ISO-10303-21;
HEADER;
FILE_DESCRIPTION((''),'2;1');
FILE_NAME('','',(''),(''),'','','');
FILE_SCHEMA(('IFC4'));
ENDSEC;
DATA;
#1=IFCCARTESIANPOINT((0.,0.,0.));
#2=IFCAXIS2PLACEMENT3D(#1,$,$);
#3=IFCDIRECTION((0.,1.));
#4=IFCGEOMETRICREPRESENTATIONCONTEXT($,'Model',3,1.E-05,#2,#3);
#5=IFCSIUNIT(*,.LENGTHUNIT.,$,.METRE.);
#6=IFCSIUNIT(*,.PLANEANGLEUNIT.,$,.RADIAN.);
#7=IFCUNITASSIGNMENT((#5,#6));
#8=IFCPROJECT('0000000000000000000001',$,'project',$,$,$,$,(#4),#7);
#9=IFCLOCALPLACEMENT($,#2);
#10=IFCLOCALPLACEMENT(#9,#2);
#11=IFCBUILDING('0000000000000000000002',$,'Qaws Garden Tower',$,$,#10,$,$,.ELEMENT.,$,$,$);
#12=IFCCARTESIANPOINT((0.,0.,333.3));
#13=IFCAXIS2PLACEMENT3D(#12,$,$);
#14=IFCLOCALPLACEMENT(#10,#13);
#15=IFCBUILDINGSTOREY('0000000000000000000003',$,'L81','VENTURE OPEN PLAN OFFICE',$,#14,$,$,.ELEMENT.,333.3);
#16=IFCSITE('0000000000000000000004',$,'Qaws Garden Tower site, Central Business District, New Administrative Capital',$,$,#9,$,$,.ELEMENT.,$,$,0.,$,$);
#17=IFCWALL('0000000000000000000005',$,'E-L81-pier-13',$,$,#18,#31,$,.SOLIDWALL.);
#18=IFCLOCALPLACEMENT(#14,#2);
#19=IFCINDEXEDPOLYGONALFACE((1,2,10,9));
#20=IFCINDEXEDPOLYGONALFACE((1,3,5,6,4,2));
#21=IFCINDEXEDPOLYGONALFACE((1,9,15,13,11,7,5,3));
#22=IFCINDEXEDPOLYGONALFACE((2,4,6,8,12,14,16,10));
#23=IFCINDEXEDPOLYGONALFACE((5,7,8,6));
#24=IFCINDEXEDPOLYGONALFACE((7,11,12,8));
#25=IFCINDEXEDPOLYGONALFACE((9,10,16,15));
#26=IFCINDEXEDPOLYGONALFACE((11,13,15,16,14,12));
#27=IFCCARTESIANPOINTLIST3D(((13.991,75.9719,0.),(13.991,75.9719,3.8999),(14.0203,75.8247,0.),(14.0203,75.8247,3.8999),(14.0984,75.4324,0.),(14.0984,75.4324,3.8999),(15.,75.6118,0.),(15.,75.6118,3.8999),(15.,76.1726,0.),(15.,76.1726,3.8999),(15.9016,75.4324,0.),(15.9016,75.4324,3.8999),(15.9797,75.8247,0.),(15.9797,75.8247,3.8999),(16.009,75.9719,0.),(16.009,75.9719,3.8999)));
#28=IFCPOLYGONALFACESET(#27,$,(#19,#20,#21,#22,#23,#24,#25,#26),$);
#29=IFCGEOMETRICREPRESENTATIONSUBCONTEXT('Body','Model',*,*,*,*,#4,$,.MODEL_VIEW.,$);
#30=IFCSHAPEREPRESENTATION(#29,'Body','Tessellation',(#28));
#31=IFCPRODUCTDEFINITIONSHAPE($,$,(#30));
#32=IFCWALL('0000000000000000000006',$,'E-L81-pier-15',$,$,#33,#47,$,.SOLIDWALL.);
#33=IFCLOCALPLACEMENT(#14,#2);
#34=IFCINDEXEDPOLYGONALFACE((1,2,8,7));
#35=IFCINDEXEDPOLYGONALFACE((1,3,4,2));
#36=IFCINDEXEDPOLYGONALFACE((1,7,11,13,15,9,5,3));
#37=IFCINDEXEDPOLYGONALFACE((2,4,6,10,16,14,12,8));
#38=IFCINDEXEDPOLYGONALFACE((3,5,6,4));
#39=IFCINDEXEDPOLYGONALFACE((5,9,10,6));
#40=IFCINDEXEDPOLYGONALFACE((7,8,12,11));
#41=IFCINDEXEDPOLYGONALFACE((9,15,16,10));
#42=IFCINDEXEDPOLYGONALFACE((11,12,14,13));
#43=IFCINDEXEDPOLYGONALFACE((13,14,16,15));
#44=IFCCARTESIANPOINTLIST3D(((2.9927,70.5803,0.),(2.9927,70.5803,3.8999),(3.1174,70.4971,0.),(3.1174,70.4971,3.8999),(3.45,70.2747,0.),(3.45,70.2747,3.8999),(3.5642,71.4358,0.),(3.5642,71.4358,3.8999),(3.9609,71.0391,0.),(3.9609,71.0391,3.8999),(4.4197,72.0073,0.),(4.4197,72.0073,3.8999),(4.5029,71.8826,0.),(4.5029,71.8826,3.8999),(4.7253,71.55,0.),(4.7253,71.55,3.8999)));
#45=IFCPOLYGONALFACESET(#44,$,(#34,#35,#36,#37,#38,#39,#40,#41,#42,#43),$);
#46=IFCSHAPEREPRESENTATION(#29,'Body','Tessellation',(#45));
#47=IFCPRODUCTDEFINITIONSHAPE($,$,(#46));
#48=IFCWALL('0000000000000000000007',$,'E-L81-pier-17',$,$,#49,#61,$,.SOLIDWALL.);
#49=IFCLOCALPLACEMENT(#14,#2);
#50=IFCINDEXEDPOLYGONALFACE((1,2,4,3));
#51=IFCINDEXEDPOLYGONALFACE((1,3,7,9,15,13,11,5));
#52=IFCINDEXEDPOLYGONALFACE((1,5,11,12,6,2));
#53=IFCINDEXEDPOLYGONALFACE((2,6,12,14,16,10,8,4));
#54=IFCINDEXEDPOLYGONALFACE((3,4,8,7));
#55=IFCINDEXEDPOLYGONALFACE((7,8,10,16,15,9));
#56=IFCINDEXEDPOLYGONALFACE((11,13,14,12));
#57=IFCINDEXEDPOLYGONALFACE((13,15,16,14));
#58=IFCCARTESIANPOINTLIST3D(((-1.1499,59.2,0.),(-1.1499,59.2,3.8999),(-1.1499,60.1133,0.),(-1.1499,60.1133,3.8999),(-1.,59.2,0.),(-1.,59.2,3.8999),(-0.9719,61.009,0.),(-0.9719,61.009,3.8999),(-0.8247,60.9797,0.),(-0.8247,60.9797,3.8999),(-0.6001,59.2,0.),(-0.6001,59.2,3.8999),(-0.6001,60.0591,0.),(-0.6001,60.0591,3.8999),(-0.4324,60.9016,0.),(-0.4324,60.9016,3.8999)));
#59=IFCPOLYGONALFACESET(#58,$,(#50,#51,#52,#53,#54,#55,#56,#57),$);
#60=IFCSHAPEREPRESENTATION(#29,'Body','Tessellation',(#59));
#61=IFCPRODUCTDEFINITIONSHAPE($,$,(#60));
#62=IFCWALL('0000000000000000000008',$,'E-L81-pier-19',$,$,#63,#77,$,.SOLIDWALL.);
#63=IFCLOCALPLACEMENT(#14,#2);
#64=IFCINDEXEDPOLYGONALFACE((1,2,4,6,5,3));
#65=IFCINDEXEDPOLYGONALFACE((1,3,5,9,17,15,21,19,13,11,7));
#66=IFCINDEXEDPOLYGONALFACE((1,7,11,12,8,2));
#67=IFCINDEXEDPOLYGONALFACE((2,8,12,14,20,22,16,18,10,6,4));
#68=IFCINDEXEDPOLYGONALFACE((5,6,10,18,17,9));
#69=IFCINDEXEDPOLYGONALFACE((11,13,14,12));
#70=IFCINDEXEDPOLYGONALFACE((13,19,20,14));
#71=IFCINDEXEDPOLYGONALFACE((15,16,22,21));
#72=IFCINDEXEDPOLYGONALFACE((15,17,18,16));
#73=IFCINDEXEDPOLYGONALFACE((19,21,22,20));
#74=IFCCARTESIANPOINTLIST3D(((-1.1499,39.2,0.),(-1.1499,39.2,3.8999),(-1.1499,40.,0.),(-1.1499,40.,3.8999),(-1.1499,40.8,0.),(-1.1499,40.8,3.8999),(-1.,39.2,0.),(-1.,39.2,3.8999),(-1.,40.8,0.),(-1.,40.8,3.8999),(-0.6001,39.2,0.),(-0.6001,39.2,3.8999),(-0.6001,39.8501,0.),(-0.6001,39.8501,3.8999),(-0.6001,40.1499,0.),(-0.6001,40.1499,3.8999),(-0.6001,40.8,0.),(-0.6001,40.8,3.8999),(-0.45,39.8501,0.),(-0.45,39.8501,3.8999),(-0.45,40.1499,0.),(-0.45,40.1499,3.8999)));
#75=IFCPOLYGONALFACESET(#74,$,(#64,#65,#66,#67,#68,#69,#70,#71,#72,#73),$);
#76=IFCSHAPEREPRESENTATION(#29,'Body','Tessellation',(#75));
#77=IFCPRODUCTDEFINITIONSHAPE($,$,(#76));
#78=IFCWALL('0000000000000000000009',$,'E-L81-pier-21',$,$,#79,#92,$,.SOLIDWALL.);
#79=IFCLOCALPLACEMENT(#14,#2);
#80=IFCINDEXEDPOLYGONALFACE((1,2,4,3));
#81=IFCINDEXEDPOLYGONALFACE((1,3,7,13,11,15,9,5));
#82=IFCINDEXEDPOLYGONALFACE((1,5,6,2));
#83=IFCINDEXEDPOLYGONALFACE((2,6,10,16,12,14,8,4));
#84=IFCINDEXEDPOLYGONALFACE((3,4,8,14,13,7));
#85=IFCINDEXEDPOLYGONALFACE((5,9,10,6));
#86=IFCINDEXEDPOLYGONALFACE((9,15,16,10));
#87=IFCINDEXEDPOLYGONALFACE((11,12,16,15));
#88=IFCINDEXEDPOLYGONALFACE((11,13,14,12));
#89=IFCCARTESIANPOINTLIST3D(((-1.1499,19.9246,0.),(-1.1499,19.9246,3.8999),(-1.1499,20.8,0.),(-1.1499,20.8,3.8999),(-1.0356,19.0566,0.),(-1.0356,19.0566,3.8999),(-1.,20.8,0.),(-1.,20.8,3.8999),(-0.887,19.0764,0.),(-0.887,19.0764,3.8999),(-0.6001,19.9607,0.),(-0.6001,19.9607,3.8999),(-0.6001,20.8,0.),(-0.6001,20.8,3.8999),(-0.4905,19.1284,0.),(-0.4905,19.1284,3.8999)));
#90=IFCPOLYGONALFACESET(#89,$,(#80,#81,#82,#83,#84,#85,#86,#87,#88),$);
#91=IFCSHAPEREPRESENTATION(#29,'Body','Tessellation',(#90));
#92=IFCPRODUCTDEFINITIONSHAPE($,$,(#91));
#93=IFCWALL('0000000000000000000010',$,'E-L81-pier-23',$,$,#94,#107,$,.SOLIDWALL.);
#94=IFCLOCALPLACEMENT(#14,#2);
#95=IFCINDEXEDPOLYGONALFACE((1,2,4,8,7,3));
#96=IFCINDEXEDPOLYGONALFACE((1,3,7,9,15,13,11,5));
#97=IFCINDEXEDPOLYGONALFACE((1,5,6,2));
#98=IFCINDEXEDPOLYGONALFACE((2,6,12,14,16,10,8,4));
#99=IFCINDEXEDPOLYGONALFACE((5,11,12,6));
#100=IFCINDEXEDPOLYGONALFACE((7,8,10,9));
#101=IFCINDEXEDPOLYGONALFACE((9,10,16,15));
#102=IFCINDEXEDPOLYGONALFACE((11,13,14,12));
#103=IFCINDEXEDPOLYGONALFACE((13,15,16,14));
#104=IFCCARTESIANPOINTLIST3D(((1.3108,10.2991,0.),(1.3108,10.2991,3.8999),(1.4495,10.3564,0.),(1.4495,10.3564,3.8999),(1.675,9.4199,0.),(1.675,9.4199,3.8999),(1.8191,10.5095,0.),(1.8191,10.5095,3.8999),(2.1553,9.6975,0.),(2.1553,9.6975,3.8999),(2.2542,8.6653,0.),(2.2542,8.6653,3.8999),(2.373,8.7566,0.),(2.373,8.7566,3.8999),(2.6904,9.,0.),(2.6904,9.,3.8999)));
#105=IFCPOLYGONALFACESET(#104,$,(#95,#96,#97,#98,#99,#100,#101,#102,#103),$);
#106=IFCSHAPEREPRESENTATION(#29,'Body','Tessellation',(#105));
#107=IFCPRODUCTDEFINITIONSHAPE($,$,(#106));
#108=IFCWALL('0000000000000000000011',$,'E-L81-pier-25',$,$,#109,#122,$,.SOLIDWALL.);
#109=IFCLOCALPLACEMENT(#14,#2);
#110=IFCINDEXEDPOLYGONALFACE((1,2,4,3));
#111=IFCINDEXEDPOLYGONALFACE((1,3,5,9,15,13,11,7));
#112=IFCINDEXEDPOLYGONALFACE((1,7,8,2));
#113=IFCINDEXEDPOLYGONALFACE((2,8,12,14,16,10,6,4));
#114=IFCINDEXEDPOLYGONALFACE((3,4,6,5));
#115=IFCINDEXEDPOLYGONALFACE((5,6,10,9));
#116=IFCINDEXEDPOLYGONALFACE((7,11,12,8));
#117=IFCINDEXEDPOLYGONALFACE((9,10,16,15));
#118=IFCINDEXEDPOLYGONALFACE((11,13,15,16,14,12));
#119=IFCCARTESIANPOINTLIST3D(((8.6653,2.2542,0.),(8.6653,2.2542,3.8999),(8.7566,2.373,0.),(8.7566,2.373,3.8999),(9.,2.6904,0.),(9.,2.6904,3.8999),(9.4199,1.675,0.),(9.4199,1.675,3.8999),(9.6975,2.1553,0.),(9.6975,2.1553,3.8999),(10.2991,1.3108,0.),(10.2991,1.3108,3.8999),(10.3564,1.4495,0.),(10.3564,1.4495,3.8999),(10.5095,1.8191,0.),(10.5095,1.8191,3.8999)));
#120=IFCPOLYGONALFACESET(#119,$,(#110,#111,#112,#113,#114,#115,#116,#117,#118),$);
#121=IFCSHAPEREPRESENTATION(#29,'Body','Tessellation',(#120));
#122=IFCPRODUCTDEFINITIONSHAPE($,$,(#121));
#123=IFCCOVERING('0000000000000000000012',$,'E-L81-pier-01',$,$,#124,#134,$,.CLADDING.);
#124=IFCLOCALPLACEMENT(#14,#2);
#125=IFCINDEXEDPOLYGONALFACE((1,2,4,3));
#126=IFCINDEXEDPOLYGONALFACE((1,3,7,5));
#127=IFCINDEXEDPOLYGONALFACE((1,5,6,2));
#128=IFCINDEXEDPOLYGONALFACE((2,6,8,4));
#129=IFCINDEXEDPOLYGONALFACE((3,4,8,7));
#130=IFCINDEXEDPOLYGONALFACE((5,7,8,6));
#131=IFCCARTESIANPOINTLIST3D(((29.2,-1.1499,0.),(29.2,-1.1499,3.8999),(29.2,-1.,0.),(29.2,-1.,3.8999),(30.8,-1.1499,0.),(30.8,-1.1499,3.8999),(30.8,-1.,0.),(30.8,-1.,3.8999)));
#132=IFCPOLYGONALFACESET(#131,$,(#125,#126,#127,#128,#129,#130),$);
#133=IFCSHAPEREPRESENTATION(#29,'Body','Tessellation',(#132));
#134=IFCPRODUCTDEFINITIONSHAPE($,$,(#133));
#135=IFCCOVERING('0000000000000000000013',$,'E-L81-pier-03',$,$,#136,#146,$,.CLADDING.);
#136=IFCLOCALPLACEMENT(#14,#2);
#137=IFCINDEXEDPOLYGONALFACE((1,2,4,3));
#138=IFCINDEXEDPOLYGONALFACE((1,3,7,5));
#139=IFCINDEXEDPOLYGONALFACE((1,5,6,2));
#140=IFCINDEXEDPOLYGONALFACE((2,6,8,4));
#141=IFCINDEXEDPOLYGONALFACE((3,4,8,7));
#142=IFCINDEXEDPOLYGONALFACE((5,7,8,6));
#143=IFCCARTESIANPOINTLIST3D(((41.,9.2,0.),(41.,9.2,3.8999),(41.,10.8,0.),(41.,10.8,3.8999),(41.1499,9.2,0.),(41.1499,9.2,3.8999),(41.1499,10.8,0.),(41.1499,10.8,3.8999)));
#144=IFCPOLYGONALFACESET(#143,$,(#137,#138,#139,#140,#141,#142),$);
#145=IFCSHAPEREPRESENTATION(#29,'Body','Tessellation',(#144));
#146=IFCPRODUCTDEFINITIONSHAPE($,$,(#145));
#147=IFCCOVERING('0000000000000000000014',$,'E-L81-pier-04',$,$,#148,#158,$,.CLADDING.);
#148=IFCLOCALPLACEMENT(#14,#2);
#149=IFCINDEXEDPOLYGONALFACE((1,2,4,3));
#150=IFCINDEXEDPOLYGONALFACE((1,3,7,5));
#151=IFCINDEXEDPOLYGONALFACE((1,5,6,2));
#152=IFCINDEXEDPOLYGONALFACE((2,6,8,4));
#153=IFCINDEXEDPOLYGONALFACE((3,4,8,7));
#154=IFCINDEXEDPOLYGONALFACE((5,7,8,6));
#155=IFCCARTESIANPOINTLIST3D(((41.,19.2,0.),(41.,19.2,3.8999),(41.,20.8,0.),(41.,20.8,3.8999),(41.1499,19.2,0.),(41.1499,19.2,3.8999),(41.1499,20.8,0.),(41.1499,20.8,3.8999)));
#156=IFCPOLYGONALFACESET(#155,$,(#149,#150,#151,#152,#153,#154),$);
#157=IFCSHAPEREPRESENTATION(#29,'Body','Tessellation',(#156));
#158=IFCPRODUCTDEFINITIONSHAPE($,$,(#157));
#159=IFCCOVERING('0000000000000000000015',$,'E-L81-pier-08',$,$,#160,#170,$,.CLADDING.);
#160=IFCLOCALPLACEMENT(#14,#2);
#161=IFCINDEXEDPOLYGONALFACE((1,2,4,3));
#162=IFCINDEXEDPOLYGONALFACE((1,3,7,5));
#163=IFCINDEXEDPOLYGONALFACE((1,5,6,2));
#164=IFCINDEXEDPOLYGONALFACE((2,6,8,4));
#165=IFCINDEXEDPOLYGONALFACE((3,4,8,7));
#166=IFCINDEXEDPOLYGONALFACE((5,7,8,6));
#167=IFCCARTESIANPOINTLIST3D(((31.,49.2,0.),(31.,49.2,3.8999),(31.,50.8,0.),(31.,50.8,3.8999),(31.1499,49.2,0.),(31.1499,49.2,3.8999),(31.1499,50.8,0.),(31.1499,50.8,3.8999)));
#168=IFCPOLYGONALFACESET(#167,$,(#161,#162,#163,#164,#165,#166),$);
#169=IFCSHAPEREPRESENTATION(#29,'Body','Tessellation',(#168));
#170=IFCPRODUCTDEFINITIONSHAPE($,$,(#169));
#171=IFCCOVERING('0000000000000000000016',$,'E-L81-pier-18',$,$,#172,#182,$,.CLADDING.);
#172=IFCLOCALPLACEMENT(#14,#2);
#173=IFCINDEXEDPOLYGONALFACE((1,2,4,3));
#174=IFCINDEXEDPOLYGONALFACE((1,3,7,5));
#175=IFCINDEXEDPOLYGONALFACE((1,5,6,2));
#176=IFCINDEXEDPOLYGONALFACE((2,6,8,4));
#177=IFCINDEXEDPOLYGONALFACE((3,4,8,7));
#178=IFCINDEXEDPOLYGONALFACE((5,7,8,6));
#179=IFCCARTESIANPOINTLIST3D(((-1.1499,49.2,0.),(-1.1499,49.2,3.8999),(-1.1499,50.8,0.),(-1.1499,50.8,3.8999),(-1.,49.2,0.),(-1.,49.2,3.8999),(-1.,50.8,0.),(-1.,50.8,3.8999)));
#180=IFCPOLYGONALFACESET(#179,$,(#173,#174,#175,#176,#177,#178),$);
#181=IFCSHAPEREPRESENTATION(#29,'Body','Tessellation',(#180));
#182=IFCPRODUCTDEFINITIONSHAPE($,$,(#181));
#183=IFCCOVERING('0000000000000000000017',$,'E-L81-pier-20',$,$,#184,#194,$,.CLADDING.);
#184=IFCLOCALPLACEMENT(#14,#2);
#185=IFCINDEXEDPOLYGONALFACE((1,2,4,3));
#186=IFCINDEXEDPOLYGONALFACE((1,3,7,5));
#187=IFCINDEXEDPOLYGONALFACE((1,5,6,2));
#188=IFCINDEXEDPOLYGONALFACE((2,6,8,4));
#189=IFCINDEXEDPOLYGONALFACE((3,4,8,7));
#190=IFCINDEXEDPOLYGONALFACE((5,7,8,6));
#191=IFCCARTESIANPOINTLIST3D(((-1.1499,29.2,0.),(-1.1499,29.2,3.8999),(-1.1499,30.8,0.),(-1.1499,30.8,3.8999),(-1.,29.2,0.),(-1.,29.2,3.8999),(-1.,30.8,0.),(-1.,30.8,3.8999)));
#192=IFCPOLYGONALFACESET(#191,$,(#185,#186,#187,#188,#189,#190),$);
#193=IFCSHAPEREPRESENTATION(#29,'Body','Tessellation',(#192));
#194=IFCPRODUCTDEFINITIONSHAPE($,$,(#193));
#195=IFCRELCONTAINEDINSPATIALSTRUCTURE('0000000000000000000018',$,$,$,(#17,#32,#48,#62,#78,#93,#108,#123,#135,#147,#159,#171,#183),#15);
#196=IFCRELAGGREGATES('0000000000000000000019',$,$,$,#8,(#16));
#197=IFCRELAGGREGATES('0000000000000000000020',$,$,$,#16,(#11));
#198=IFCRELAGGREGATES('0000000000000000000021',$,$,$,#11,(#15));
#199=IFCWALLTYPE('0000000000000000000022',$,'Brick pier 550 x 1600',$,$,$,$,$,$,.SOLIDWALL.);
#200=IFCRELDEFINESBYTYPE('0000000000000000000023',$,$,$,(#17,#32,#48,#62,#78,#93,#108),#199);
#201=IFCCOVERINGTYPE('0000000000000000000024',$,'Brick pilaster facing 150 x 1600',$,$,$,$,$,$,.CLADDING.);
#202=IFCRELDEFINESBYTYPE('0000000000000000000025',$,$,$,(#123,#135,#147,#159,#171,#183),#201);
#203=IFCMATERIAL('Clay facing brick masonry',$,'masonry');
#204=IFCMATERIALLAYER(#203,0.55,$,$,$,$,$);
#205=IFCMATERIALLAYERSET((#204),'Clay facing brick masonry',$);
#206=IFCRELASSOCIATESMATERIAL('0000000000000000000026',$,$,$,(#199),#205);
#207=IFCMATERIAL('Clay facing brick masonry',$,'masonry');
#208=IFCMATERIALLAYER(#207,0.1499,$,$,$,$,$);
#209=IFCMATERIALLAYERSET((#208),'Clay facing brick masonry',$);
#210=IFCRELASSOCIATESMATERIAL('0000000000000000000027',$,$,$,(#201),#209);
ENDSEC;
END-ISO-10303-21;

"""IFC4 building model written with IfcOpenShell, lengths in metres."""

from ifc_helpers import new_model, si_unit, direction, frame, origin, place, context, subcontext, project, spatial, polyline, outline, extrude, material, layer, layer_set, type_object, element, save


model = new_model("IFC4")

# Units and contexts
model_context = context("Model", 3, precision=1e-05, world=origin(), true_north=direction((0.0, 1.0)))
body_context = subcontext(model_context, "Body", "Model", "MODEL_VIEW")
ifc_project = project(units=[si_unit("LENGTHUNIT", "METRE"), si_unit("PLANEANGLEUNIT", "RADIAN")], contexts=[model_context])

# Site, building, storey
site_placement = place(None, origin())
site = spatial("IfcSite", under=ifc_project, at=site_placement, Name="Qaws Garden Tower site, Central Business District, New Administrative Capital", CompositionType="ELEMENT", RefElevation=0.0)
building_placement = place(site_placement, origin())
building = spatial("IfcBuilding", under=site, at=building_placement, Name="Qaws Garden Tower", CompositionType="ELEMENT")
storey_placement = place(building_placement, frame((0.0, 0.0, 333.3)))
storey = spatial("IfcBuildingStorey", under=building, at=storey_placement, Name="L81", Description="VENTURE OPEN PLAN OFFICE", CompositionType="ELEMENT", Elevation=333.3)

# Walls
placement = place(storey_placement, origin())
ifc_material_1 = material(Name="Clay facing brick masonry", Category="masonry")
ifc_layer_1 = layer(ifc_material_1, 0.55)
ifc_layer_set_1 = layer_set([ifc_layer_1], Name="Clay facing brick masonry")
wall_type_1 = type_object("IfcWallType", Name="Brick pier 550 x 1600", PredefinedType="SOLIDWALL", material=ifc_layer_set_1)
element("IfcWall", 1, at=placement, inside=storey, type_object=wall_type_1, Name="E-L81-pier-13", PredefinedType="SOLIDWALL", context=body_context, shape_type="SweptSolid", body=[
    extrude(outline(polyline([(15.9797, 75.8247), (16.009, 75.9719), (15.0, 76.1726), (13.991, 75.9719), (14.0203, 75.8247), (14.0984, 75.4324), (15.0, 75.6118), (15.9016, 75.4324), (15.9797, 75.8247)])), origin(), (0.0, 0.0, 1.0), 3.8999),
])
element("IfcWall", 2, at=placement, inside=storey, type_object=wall_type_1, Name="E-L81-pier-15", PredefinedType="SOLIDWALL", context=body_context, shape_type="SweptSolid", body=[
    extrude(outline(polyline([(4.5029, 71.8826), (4.4197, 72.0073), (3.5642, 71.4358), (2.9927, 70.5803), (3.1174, 70.4971), (3.45, 70.2747), (3.9609, 71.0391), (4.7253, 71.55), (4.5029, 71.8826)])), origin(), (0.0, 0.0, 1.0), 3.8999),
])
element("IfcWall", 3, at=placement, inside=storey, type_object=wall_type_1, Name="E-L81-pier-17", PredefinedType="SOLIDWALL", context=body_context, shape_type="SweptSolid", body=[
    extrude(outline(polyline([(-0.8247, 60.9797), (-0.9719, 61.009), (-1.1499, 60.1133), (-1.1499, 59.2), (-1.0, 59.2), (-0.6001, 59.2), (-0.6001, 60.0591), (-0.4324, 60.9016), (-0.8247, 60.9797)])), origin(), (0.0, 0.0, 1.0), 3.8999),
])
element("IfcWall", 4, at=placement, inside=storey, type_object=wall_type_1, Name="E-L81-pier-19", PredefinedType="SOLIDWALL", context=body_context, shape_type="SweptSolid", body=[
    extrude(outline(polyline([(-0.6001, 39.2), (-0.6001, 39.8501), (-0.45, 39.8501), (-0.45, 40.1499), (-0.6001, 40.1499), (-0.6001, 40.8), (-1.0, 40.8), (-1.1499, 40.8), (-1.1499, 40.0), (-1.1499, 39.2), (-1.0, 39.2), (-0.6001, 39.2)])), origin(), (0.0, 0.0, 1.0), 3.8999),
])
element("IfcWall", 5, at=placement, inside=storey, type_object=wall_type_1, Name="E-L81-pier-21", PredefinedType="SOLIDWALL", context=body_context, shape_type="SweptSolid", body=[
    extrude(outline(polyline([(-1.0, 20.8), (-1.1499, 20.8), (-1.1499, 19.9246), (-1.0356, 19.0566), (-0.887, 19.0764), (-0.4905, 19.1284), (-0.6001, 19.9607), (-0.6001, 20.8), (-1.0, 20.8)])), origin(), (0.0, 0.0, 1.0), 3.8999),
])
element("IfcWall", 6, at=placement, inside=storey, type_object=wall_type_1, Name="E-L81-pier-23", PredefinedType="SOLIDWALL", context=body_context, shape_type="SweptSolid", body=[
    extrude(outline(polyline([(1.4495, 10.3564), (1.3108, 10.2991), (1.675, 9.4199), (2.2542, 8.6653), (2.373, 8.7566), (2.6904, 9.0), (2.1553, 9.6975), (1.8191, 10.5095), (1.4495, 10.3564)])), origin(), (0.0, 0.0, 1.0), 3.8999),
])
element("IfcWall", 7, at=placement, inside=storey, type_object=wall_type_1, Name="E-L81-pier-25", PredefinedType="SOLIDWALL", context=body_context, shape_type="SweptSolid", body=[
    extrude(outline(polyline([(8.7566, 2.373), (8.6653, 2.2542), (9.4199, 1.675), (10.2991, 1.3108), (10.3564, 1.4495), (10.5095, 1.8191), (9.6975, 2.1553), (9.0, 2.6904), (8.7566, 2.373)])), origin(), (0.0, 0.0, 1.0), 3.8999),
])

# Coverings
ifc_material_2 = material(Name="Clay facing brick masonry", Category="masonry")
ifc_layer_2 = layer(ifc_material_2, 0.1499)
ifc_layer_set_2 = layer_set([ifc_layer_2], Name="Clay facing brick masonry")
covering_type = type_object("IfcCoveringType", Name="Brick pilaster facing 150 x 1600", PredefinedType="CLADDING", material=ifc_layer_set_2)
element("IfcCovering", 8, at=placement, inside=storey, type_object=covering_type, Name="E-L81-pier-01", PredefinedType="CLADDING", context=body_context, shape_type="SweptSolid", body=[
    extrude(outline(polyline([(29.2, -1.0), (30.8, -1.0), (30.8, -1.1499), (29.2, -1.1499), (29.2, -1.0)])), origin(), (0.0, 0.0, 1.0), 3.8999),
])
element("IfcCovering", 9, at=placement, inside=storey, type_object=covering_type, Name="E-L81-pier-03", PredefinedType="CLADDING", context=body_context, shape_type="SweptSolid", body=[
    extrude(outline(polyline([(41.0, 9.2), (41.0, 10.8), (41.1499, 10.8), (41.1499, 9.2), (41.0, 9.2)])), origin(), (0.0, 0.0, 1.0), 3.8999),
])
element("IfcCovering", 10, at=placement, inside=storey, type_object=covering_type, Name="E-L81-pier-04", PredefinedType="CLADDING", context=body_context, shape_type="SweptSolid", body=[
    extrude(outline(polyline([(41.0, 19.2), (41.0, 20.8), (41.1499, 20.8), (41.1499, 19.2), (41.0, 19.2)])), origin(), (0.0, 0.0, 1.0), 3.8999),
])
element("IfcCovering", 11, at=placement, inside=storey, type_object=covering_type, Name="E-L81-pier-08", PredefinedType="CLADDING", context=body_context, shape_type="SweptSolid", body=[
    extrude(outline(polyline([(31.0, 49.2), (31.0, 50.8), (31.1499, 50.8), (31.1499, 49.2), (31.0, 49.2)])), origin(), (0.0, 0.0, 1.0), 3.8999),
])
element("IfcCovering", 12, at=placement, inside=storey, type_object=covering_type, Name="E-L81-pier-18", PredefinedType="CLADDING", context=body_context, shape_type="SweptSolid", body=[
    extrude(outline(polyline([(-1.0, 50.8), (-1.0, 49.2), (-1.1499, 49.2), (-1.1499, 50.8), (-1.0, 50.8)])), origin(), (0.0, 0.0, 1.0), 3.8999),
])
element("IfcCovering", 13, at=placement, inside=storey, type_object=covering_type, Name="E-L81-pier-20", PredefinedType="CLADDING", context=body_context, shape_type="SweptSolid", body=[
    extrude(outline(polyline([(-1.0, 30.8), (-1.0, 29.2), (-1.1499, 29.2), (-1.1499, 30.8), (-1.0, 30.8)])), origin(), (0.0, 0.0, 1.0), 3.8999),
])

save(model, "model.ifc")
